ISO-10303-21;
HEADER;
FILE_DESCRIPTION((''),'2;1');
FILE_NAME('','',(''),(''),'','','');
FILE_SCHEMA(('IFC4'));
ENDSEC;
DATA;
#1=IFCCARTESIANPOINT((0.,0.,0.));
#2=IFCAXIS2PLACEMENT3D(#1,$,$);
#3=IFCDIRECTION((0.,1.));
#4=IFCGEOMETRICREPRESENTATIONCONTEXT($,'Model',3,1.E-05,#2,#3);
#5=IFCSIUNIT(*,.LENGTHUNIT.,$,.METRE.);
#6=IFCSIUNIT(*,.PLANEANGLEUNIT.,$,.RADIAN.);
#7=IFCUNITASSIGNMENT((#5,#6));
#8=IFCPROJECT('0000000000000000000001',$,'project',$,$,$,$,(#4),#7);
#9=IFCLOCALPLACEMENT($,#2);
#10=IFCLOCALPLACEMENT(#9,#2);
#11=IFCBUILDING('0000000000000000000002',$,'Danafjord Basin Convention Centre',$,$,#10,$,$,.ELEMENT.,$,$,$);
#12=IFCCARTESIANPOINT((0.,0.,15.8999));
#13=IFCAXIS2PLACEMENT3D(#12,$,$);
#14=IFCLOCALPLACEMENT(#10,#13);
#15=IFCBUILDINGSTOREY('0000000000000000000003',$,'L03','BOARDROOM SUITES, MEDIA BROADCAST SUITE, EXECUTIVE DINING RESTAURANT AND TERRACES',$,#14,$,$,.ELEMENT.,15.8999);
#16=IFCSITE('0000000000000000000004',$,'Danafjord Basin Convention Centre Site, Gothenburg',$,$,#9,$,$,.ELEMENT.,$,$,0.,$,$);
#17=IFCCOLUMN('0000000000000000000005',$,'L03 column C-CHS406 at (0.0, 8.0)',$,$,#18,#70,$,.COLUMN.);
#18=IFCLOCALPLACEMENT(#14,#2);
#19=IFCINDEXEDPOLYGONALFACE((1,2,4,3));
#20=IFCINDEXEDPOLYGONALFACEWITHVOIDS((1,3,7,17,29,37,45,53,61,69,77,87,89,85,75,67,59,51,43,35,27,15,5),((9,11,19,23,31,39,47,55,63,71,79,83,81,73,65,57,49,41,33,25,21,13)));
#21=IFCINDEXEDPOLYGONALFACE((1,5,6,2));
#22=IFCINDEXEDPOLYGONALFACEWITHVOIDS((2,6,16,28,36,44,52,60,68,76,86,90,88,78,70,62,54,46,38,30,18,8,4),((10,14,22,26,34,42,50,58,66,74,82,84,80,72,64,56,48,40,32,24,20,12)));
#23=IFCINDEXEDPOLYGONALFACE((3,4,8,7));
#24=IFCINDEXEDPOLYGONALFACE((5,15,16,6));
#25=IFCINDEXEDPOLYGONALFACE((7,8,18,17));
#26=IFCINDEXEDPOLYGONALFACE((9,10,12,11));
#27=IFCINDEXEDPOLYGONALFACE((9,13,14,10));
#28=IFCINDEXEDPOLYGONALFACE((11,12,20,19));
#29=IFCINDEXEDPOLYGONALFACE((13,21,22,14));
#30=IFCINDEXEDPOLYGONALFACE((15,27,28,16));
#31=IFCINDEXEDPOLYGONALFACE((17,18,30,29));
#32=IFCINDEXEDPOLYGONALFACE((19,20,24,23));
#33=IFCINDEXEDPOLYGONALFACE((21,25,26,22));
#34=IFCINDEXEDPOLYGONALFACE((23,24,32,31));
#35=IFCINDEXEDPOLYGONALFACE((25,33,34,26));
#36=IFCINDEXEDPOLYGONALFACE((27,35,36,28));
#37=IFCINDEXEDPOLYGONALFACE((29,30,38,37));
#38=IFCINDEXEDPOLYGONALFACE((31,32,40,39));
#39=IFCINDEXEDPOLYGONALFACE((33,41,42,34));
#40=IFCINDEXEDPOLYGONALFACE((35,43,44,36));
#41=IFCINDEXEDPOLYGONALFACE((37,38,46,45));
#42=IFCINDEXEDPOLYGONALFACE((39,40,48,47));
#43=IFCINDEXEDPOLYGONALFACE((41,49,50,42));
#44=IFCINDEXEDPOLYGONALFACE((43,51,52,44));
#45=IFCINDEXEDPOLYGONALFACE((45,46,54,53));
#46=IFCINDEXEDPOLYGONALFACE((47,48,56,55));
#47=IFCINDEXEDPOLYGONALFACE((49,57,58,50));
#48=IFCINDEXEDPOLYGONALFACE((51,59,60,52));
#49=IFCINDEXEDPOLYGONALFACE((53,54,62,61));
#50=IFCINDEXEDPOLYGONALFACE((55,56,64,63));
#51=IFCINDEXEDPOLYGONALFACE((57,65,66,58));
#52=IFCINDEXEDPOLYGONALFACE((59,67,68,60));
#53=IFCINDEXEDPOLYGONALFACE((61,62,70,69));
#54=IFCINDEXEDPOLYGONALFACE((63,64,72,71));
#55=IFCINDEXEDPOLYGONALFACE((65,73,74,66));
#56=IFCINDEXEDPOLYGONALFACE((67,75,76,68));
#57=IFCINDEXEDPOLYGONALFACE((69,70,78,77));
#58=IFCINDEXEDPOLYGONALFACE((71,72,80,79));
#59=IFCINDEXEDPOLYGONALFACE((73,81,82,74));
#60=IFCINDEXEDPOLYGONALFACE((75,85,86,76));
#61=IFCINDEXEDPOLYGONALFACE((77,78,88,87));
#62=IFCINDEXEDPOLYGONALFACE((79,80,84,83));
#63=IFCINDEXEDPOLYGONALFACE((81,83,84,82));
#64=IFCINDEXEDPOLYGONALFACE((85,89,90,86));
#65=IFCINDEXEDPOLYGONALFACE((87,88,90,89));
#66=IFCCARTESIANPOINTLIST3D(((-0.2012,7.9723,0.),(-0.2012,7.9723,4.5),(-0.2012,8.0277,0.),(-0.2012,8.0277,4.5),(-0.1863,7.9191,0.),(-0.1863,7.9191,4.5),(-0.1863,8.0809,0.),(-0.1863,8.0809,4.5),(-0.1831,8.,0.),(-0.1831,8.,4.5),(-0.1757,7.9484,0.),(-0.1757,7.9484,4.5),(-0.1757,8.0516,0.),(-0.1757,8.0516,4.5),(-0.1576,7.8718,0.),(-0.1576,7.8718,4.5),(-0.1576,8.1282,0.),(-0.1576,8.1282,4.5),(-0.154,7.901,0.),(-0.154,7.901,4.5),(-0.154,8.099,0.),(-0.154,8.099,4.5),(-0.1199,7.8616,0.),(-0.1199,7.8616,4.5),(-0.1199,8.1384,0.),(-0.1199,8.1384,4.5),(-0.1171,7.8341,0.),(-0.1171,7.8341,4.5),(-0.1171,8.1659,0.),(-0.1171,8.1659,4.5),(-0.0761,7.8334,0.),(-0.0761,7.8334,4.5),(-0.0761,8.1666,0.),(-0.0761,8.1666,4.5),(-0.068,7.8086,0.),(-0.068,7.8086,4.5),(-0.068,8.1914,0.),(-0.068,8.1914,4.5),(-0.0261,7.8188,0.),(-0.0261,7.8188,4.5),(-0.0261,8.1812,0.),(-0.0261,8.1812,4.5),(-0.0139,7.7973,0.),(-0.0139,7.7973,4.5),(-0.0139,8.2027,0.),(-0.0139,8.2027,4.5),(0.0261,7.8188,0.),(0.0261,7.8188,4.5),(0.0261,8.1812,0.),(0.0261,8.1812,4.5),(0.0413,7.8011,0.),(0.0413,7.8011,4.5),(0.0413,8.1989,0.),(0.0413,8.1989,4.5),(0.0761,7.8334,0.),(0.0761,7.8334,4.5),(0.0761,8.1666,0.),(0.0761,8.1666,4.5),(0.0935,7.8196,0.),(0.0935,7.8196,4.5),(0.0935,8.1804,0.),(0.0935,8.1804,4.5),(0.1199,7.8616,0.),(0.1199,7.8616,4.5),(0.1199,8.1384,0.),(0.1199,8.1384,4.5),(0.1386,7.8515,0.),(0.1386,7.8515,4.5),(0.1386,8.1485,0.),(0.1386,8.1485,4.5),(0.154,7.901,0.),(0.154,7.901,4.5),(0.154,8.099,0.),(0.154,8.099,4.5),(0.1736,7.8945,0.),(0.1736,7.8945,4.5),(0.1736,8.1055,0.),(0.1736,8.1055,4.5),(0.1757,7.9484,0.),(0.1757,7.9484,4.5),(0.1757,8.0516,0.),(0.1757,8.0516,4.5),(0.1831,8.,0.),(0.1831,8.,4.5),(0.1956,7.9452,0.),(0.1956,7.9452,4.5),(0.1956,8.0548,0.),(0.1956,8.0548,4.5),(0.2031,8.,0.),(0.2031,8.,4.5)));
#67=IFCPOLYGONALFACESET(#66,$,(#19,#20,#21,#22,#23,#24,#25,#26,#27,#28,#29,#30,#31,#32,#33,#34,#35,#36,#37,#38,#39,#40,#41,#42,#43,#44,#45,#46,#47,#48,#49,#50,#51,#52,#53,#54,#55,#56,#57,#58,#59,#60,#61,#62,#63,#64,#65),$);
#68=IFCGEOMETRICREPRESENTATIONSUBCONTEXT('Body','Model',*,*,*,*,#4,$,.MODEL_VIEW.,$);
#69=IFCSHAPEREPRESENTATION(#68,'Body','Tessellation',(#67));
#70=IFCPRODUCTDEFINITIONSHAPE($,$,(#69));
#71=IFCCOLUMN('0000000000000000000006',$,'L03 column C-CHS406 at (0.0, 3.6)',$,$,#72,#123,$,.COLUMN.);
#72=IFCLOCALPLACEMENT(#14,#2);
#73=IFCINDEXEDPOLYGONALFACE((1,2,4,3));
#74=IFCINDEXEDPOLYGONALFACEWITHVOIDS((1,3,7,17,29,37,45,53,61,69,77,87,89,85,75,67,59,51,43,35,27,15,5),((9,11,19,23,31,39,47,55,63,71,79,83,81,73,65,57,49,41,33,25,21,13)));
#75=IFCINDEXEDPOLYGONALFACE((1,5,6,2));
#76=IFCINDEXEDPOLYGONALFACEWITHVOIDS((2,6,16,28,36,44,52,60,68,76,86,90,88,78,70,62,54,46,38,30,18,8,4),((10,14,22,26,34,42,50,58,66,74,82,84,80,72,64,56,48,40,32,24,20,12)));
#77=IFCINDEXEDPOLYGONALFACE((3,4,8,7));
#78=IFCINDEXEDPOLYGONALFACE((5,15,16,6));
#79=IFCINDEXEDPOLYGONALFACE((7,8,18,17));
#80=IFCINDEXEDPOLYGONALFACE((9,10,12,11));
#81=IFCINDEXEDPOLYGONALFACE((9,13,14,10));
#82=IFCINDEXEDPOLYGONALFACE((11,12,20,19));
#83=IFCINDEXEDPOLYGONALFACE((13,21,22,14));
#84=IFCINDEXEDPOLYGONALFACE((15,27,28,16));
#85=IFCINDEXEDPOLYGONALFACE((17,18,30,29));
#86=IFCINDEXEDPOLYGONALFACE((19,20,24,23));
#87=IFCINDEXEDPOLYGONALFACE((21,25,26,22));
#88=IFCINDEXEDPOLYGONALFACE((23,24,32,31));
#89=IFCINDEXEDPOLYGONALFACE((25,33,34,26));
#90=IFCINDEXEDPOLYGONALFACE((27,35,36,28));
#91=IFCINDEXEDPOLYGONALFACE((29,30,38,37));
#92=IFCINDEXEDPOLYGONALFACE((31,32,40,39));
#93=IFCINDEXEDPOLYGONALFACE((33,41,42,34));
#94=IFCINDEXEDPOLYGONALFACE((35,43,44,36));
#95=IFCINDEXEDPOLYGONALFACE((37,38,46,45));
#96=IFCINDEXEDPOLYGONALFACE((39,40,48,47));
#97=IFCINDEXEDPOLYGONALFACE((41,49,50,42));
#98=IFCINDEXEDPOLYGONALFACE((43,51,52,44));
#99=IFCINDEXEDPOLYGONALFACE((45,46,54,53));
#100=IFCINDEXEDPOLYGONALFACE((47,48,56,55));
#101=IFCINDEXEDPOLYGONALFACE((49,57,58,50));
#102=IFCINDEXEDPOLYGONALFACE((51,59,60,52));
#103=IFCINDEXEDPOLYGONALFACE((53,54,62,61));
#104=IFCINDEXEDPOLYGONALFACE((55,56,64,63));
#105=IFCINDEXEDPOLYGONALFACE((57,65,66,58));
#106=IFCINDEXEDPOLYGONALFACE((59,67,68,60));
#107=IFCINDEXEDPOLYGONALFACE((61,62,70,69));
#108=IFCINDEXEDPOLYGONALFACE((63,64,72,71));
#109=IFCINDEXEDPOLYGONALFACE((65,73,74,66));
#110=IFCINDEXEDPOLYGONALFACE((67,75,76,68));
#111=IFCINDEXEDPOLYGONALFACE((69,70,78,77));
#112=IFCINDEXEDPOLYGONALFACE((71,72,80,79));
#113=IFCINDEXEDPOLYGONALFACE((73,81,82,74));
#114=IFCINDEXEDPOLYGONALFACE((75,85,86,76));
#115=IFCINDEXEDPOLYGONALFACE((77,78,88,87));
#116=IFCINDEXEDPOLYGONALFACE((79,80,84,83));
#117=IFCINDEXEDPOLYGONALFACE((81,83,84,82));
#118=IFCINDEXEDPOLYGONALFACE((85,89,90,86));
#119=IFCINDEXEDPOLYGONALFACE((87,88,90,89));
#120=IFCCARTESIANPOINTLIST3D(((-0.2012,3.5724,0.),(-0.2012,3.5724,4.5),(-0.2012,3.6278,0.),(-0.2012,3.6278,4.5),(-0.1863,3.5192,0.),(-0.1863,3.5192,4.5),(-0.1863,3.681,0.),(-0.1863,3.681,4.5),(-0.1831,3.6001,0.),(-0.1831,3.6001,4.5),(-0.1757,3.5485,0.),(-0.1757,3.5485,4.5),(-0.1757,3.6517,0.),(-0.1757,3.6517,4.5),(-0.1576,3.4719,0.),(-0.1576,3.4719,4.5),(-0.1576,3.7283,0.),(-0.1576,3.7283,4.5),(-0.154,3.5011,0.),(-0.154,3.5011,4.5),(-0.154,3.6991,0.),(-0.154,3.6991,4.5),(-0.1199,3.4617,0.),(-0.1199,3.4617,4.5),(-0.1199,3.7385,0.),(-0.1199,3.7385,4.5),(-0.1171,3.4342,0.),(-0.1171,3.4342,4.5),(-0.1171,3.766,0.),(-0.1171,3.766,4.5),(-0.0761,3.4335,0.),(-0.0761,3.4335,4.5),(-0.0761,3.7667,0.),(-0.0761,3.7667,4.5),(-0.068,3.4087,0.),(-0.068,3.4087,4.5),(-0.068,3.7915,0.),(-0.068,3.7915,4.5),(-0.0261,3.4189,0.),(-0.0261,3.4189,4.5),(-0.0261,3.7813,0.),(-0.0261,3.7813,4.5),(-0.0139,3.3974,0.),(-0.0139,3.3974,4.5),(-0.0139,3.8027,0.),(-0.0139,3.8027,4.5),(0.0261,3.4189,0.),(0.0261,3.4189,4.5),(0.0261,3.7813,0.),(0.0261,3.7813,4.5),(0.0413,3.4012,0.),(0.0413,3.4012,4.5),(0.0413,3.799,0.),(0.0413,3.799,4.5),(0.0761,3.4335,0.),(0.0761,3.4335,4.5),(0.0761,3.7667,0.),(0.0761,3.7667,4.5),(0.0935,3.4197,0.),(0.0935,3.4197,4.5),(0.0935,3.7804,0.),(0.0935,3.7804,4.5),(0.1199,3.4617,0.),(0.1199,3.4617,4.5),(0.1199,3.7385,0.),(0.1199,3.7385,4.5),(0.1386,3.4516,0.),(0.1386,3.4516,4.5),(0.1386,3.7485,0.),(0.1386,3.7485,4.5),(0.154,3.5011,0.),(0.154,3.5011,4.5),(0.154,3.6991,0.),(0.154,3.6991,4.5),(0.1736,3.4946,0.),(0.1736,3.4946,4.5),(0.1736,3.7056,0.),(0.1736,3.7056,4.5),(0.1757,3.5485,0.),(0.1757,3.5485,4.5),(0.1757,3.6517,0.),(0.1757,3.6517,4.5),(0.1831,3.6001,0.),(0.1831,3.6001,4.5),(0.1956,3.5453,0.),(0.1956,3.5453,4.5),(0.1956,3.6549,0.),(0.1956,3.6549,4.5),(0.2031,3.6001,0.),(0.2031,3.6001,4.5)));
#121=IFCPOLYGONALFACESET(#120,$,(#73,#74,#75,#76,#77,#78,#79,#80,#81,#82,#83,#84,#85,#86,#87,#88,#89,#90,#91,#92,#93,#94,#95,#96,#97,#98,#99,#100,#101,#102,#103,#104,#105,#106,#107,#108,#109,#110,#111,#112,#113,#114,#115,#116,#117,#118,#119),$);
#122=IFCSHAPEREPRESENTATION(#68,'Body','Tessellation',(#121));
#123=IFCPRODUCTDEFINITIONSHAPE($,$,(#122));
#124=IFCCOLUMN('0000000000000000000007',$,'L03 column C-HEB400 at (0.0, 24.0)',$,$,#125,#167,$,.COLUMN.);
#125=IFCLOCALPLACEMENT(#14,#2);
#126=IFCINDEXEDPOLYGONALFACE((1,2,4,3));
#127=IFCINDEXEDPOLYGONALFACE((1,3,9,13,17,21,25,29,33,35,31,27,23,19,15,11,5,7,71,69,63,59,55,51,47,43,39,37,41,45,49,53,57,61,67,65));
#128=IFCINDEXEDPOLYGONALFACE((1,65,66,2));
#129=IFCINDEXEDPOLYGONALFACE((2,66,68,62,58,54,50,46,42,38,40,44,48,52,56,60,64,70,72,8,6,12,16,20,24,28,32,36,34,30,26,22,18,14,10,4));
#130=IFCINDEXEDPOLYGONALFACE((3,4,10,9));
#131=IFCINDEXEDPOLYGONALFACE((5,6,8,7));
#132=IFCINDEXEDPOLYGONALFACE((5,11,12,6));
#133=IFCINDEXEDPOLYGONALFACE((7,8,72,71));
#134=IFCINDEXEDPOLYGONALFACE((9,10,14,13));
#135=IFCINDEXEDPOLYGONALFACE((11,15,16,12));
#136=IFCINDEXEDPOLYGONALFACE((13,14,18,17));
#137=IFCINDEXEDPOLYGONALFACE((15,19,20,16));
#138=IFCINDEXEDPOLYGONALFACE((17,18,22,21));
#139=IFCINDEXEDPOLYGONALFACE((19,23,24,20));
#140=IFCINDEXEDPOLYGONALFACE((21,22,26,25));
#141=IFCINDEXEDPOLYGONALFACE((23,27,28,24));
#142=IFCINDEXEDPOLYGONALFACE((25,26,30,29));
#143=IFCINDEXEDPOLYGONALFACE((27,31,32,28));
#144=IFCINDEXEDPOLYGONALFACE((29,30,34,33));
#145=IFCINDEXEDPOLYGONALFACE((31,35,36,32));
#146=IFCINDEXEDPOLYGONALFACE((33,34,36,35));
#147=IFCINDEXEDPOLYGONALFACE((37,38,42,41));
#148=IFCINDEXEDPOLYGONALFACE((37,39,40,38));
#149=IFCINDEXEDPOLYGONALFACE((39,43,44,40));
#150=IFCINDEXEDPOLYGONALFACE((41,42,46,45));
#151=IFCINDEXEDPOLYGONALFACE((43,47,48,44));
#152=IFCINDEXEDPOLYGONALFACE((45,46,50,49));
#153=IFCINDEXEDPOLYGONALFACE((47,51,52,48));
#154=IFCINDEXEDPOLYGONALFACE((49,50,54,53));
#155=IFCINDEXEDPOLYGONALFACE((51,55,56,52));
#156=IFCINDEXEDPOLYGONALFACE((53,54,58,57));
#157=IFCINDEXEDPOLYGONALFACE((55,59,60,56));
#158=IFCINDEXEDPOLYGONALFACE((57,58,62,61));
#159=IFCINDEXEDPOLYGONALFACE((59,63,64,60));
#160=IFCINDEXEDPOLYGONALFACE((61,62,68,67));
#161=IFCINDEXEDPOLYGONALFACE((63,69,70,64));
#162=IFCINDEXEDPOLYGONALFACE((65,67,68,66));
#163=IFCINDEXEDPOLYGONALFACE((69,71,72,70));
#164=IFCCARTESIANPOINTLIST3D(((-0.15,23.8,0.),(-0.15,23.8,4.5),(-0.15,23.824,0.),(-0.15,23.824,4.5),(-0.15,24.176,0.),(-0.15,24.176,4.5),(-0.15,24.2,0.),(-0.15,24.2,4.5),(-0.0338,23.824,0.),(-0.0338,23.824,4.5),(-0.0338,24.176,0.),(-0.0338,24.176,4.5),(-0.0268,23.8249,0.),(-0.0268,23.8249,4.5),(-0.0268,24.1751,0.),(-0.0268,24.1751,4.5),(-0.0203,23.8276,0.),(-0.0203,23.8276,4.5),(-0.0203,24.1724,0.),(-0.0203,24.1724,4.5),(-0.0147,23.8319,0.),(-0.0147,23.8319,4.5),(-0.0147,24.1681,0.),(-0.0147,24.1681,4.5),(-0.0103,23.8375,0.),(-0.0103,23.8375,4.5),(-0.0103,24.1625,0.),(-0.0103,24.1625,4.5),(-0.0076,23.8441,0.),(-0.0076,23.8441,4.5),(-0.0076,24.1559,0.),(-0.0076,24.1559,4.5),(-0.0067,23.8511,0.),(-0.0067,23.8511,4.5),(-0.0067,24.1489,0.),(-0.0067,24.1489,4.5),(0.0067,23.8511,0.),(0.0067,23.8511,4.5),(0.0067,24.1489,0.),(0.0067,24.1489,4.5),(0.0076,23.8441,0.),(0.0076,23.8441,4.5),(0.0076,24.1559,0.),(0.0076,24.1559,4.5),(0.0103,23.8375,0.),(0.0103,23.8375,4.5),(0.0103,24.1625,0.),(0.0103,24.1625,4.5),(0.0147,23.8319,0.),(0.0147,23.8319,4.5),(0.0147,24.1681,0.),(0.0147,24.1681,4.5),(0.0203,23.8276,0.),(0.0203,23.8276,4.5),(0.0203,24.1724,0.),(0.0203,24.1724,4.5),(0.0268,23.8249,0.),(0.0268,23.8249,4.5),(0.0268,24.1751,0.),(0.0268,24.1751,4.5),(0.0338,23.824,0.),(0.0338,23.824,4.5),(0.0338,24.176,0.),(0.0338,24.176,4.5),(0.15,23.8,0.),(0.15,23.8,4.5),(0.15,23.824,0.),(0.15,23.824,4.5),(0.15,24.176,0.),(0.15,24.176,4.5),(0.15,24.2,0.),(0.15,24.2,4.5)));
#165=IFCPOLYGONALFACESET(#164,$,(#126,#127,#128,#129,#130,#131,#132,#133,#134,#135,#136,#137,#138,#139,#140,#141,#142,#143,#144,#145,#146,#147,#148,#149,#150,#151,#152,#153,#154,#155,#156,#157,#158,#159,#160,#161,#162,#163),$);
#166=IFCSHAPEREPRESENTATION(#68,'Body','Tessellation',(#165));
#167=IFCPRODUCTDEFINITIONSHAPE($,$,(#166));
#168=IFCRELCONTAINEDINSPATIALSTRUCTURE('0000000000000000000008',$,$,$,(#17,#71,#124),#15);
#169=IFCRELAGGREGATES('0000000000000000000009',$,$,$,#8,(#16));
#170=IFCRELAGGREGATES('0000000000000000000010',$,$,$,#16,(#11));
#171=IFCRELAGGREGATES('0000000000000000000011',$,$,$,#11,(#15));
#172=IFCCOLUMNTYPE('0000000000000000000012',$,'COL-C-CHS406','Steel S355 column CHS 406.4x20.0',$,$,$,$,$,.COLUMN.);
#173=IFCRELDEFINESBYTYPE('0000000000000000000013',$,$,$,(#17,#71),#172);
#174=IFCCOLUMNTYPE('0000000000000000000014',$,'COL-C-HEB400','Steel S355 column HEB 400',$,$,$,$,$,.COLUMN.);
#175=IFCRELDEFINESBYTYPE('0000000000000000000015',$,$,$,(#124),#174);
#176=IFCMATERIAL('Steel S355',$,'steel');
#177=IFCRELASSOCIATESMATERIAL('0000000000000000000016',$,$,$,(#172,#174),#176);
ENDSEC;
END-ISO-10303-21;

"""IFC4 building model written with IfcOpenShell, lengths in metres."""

from ifc_helpers import new_model, si_unit, direction, frame, origin, origin_2d, place, context, subcontext, project, spatial, hollow_circle, i_section, extrude, material, material_profile, profile_set, type_object, element, save


model = new_model("IFC4")

# Units and contexts
model_context = context("Model", 3, precision=1e-05, world=origin(), true_north=direction((0.0, 1.0)))
body_context = subcontext(model_context, "Body", "Model", "MODEL_VIEW")
ifc_project = project(units=[si_unit("LENGTHUNIT", "METRE"), si_unit("PLANEANGLEUNIT", "RADIAN")], contexts=[model_context])

# Site, building, storey
site_placement = place(None, origin())
site = spatial("IfcSite", under=ifc_project, at=site_placement, Name="Danafjord Basin Convention Centre Site, Gothenburg", CompositionType="ELEMENT", RefElevation=0.0)
building_placement = place(site_placement, origin())
building = spatial("IfcBuilding", under=site, at=building_placement, Name="Danafjord Basin Convention Centre", CompositionType="ELEMENT")
storey_placement = place(building_placement, frame((0.0, 0.0, 15.8999)))
storey = spatial("IfcBuildingStorey", under=building, at=storey_placement, Name="L03", Description="BOARDROOM SUITES, MEDIA BROADCAST SUITE, EXECUTIVE DINING RESTAURANT AND TERRACES", CompositionType="ELEMENT", Elevation=15.8999)

# Columns
ifc_material_1 = material(Name="Steel S355", Category="steel")
ifc_material_profile_1 = material_profile(ifc_material_1, hollow_circle(Radius=0.2031, WallThickness=0.02, at=origin_2d()), Name="CHS 406.4x20.0")
ifc_profile_set_1 = profile_set([ifc_material_profile_1], Name="Steel S355")
column_type_1 = type_object("IfcColumnType", Name="COL-C-CHS406", Description="Steel S355 column CHS 406.4x20.0", PredefinedType="COLUMN", material=ifc_profile_set_1)
for number, where, z_axis, x_axis, name in (
    (1, (0.0, 8.0, 0.0), (0.0, 0.0, 1.0), (1.0, 0.0, 0.0), "L03 column C-CHS406 at (0.0, 8.0)"),
    (2, (0.0, 3.6001, 0.0), (0.0, 0.0, 1.0), (1.0, 0.0, 0.0), "L03 column C-CHS406 at (0.0, 3.6)"),
):
    element("IfcColumn", number, at=place(storey_placement, frame(where, z_axis=z_axis, x_axis=x_axis)), inside=storey, type_object=column_type_1, Name=name, PredefinedType="COLUMN", context=body_context, shape_type="SweptSolid", body=[
        extrude(hollow_circle(Radius=0.2031, WallThickness=0.02, at=origin_2d()), origin(), (0.0, 0.0, 1.0), 4.5),
    ])
ifc_material_profile_2 = material_profile(ifc_material_1, i_section(OverallWidth=0.3, OverallDepth=0.3999, WebThickness=0.0134, FlangeThickness=0.0239, FilletRadius=0.0271, at=origin_2d()), Name="HEB 400")
ifc_profile_set_2 = profile_set([ifc_material_profile_2], Name="Steel S355")
column_type_2 = type_object("IfcColumnType", Name="COL-C-HEB400", Description="Steel S355 column HEB 400", PredefinedType="COLUMN", material=ifc_profile_set_2)
column_placement = place(storey_placement, frame((0.0, 24.0, 0.0), z_axis=(0.0, 0.0, 1.0), x_axis=(1.0, 0.0, 0.0)))
element("IfcColumn", 3, at=column_placement, inside=storey, type_object=column_type_2, Name="L03 column C-HEB400 at (0.0, 24.0)", PredefinedType="COLUMN", context=body_context, shape_type="SweptSolid", body=[
    extrude(i_section(OverallWidth=0.3, OverallDepth=0.3999, WebThickness=0.0134, FlangeThickness=0.0239, FilletRadius=0.0271, at=origin_2d()), origin(), (0.0, 0.0, 1.0), 4.5),
])

save(model, "model.ifc")
